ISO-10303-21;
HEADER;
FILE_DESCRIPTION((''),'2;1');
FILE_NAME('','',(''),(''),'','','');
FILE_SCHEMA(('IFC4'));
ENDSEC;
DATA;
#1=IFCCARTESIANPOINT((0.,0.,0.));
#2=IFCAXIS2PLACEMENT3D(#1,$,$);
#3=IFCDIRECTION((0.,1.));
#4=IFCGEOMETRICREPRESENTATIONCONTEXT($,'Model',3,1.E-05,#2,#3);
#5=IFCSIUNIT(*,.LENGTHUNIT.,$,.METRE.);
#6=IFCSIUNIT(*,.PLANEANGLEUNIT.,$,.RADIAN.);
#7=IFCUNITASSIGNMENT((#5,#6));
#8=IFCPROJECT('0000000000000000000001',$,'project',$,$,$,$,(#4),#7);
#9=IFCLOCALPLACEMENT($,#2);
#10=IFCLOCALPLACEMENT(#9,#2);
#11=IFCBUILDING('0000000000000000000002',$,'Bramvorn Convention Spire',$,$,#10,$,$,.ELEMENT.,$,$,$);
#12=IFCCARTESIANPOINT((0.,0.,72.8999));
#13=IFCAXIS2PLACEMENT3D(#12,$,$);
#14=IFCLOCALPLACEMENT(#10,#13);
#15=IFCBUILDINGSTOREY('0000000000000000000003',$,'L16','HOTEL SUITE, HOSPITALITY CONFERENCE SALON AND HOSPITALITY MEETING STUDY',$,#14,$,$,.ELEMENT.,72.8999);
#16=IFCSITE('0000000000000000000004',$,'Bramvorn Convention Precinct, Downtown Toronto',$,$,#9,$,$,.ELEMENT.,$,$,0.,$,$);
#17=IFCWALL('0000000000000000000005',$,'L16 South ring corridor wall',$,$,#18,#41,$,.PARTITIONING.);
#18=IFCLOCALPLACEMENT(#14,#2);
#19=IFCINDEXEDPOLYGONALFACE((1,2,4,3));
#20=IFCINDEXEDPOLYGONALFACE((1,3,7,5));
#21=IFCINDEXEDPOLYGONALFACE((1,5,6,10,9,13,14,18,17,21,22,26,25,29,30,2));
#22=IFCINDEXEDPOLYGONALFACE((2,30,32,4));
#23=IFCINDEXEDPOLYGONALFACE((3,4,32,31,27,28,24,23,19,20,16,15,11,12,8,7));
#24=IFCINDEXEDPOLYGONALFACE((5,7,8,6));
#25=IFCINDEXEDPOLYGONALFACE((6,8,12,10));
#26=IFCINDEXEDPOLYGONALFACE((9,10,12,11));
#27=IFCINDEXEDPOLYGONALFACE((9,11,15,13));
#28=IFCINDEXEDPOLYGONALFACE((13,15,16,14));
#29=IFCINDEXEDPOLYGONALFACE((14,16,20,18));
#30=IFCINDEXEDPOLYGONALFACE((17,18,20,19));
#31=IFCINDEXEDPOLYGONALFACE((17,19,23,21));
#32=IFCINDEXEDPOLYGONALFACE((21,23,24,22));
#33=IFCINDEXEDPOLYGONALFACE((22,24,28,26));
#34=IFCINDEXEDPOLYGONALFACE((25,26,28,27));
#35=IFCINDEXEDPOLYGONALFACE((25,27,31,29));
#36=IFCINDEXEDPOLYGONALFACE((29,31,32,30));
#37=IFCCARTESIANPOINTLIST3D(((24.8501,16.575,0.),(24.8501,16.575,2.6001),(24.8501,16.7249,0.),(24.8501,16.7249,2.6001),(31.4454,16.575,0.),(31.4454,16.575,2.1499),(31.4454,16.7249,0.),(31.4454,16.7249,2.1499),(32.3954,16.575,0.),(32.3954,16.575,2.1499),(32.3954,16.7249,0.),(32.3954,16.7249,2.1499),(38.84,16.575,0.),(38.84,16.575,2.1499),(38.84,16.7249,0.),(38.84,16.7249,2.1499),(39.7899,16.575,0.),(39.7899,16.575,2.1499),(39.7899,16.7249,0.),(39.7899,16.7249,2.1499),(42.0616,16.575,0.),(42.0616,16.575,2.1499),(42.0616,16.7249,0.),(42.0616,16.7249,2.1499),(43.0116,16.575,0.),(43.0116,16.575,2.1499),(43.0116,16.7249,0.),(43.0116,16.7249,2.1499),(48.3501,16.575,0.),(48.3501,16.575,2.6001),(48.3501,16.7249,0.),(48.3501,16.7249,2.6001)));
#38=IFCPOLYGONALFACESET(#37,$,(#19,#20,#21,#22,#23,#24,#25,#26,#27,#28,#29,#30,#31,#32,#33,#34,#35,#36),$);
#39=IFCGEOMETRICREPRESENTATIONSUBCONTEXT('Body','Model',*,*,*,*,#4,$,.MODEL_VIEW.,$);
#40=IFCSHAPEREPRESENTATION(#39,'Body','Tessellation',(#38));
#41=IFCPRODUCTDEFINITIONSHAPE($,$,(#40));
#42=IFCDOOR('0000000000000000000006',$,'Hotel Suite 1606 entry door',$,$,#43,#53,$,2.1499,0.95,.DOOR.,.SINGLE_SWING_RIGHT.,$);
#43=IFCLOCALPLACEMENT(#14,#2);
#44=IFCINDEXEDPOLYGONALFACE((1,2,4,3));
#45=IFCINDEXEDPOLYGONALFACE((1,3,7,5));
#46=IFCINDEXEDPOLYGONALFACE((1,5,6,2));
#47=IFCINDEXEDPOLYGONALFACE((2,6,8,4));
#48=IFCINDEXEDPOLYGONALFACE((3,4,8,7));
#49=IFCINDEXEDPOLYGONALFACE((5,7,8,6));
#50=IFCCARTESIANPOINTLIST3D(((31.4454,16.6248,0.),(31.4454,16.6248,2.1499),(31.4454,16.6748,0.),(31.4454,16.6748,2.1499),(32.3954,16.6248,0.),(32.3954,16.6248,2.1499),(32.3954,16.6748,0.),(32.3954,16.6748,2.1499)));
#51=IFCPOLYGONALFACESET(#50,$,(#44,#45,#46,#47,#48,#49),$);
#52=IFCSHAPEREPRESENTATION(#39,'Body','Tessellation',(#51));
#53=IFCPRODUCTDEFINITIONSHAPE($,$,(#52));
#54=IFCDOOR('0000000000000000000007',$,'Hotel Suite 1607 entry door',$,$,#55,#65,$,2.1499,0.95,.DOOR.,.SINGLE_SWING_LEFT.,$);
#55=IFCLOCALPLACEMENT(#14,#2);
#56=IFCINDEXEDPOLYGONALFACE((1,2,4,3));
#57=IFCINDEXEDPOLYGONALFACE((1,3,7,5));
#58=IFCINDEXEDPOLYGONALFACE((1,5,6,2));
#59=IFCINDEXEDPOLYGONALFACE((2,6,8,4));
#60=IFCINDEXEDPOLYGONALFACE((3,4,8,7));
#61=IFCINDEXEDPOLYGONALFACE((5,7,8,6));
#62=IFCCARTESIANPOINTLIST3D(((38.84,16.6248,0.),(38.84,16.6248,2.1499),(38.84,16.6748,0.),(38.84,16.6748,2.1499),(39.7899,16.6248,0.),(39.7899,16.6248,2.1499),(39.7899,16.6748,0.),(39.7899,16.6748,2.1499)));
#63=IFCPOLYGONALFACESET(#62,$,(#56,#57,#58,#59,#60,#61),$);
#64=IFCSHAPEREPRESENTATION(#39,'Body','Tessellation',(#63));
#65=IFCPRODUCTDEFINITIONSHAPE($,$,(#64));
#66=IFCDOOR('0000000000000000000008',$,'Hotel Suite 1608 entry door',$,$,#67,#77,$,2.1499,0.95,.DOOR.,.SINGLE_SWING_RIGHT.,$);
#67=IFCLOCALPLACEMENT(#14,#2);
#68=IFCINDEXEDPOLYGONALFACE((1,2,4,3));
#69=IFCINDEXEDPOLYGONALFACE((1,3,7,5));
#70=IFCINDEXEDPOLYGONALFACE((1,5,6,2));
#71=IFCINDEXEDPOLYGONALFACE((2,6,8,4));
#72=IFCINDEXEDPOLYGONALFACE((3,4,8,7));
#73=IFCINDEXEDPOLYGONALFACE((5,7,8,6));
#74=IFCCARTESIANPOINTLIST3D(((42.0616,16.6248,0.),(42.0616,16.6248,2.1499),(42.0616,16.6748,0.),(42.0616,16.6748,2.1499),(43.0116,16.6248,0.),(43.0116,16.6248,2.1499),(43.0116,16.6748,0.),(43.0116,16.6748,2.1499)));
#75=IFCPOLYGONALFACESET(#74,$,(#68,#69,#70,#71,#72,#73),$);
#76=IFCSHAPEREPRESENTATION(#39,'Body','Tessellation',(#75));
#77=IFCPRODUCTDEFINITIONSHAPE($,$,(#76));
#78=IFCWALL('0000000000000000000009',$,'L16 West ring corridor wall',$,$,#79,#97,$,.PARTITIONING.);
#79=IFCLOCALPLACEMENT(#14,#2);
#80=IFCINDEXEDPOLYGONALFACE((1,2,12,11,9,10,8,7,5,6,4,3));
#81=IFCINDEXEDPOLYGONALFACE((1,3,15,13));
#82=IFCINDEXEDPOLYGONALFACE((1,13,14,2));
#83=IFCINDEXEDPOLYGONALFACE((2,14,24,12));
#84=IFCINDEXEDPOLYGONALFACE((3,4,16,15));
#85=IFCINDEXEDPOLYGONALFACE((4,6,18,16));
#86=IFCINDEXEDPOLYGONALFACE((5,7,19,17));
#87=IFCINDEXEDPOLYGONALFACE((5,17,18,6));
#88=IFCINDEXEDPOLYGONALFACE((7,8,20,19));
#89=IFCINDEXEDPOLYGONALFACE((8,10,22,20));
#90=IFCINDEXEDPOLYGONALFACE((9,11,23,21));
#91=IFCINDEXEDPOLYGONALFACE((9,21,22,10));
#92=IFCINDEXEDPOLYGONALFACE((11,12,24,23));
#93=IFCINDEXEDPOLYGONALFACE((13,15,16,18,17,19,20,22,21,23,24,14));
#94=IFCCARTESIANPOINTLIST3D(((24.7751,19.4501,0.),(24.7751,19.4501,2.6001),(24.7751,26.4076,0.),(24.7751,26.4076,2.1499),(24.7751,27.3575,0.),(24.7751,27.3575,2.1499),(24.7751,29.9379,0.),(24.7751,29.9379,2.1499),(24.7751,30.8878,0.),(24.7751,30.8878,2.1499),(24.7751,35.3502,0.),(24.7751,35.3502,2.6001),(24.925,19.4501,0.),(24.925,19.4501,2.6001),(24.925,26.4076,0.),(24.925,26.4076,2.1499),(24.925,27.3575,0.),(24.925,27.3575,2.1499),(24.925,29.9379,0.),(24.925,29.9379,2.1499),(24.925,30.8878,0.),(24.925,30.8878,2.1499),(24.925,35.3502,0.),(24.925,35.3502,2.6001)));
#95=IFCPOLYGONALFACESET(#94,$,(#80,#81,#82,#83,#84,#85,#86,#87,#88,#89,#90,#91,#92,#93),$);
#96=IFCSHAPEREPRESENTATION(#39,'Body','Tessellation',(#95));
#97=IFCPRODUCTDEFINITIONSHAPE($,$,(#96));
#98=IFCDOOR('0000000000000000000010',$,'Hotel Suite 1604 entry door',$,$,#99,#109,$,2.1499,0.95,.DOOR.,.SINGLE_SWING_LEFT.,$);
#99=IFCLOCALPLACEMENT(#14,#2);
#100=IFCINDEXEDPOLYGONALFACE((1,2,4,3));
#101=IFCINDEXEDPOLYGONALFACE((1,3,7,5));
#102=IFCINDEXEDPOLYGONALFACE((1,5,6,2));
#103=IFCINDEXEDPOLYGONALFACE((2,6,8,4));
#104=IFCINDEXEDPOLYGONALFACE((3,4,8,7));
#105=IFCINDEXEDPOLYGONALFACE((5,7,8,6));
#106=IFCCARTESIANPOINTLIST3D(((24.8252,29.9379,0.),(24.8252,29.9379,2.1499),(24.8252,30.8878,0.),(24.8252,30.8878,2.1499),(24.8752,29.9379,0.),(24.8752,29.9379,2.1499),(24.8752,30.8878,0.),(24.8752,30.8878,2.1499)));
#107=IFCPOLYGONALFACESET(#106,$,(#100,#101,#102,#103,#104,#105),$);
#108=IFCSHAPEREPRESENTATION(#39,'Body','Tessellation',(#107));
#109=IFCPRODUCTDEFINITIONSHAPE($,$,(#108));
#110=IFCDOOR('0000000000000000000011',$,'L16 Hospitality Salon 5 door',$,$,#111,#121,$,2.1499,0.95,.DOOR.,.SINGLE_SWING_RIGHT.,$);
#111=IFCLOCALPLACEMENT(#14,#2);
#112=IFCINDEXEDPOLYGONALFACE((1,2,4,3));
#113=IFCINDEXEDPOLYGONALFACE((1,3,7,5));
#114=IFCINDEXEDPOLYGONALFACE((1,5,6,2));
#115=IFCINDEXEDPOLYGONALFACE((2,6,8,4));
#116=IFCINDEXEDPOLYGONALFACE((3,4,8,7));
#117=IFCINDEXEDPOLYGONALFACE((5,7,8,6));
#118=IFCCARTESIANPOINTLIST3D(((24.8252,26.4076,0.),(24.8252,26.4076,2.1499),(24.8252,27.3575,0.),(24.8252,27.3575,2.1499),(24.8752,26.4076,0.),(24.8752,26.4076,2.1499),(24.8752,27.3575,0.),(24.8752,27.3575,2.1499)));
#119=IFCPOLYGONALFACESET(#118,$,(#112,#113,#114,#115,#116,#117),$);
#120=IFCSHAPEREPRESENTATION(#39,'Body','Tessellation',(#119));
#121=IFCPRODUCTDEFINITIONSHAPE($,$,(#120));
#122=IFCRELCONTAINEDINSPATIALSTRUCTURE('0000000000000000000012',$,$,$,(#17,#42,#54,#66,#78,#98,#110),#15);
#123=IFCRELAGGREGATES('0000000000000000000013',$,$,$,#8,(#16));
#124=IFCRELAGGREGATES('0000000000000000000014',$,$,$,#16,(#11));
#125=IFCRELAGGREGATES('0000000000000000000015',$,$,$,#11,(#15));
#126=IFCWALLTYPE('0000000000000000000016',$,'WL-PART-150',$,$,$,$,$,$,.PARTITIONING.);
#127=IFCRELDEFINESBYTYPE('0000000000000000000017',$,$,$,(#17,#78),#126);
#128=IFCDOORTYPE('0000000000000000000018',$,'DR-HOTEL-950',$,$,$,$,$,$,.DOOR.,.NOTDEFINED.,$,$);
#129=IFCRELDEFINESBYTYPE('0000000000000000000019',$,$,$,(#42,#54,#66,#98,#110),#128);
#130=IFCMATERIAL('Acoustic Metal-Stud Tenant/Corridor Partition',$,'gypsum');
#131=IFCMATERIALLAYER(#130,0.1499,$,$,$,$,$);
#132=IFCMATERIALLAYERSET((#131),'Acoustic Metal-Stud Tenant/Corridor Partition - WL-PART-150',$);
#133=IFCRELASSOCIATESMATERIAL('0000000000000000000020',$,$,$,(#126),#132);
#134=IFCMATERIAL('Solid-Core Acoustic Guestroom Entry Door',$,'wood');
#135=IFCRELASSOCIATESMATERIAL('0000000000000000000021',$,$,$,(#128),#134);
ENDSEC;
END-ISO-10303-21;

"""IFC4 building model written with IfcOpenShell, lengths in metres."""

from ifc_helpers import new_model, si_unit, direction, frame, frame_2d, origin, place, context, subcontext, project, spatial, rectangle, extrude, material, layer, layer_set, type_object, element, fill, save


model = new_model("IFC4")

# Units and contexts
model_context = context("Model", 3, precision=1e-05, world=origin(), true_north=direction((0.0, 1.0)))
body_context = subcontext(model_context, "Body", "Model", "MODEL_VIEW")
ifc_project = project(units=[si_unit("LENGTHUNIT", "METRE"), si_unit("PLANEANGLEUNIT", "RADIAN")], contexts=[model_context])

# Site, building, storey
site_placement = place(None, origin())
site = spatial("IfcSite", under=ifc_project, at=site_placement, Name="Bramvorn Convention Precinct, Downtown Toronto", CompositionType="ELEMENT", RefElevation=0.0)
building_placement = place(site_placement, origin())
building = spatial("IfcBuilding", under=site, at=building_placement, Name="Bramvorn Convention Spire", CompositionType="ELEMENT")
storey_placement = place(building_placement, frame((0.0, 0.0, 72.8999)))
storey = spatial("IfcBuildingStorey", under=building, at=storey_placement, Name="L16", Description="HOTEL SUITE, HOSPITALITY CONFERENCE SALON AND HOSPITALITY MEETING STUDY", CompositionType="ELEMENT", Elevation=72.8999)

# Walls, openings, doors
ifc_material_1 = material(Name="Acoustic Metal-Stud Tenant/Corridor Partition", Category="gypsum")
ifc_layer_1 = layer(ifc_material_1, 0.1499)
ifc_layer_set_1 = layer_set([ifc_layer_1], Name="Acoustic Metal-Stud Tenant/Corridor Partition - WL-PART-150")
wall_type_1 = type_object("IfcWallType", Name="WL-PART-150", PredefinedType="PARTITIONING", material=ifc_layer_set_1)
wall_1_placement = place(storey_placement, frame((24.8501, 16.6499, 0.0), z_axis=(0.0, 0.0, 1.0), x_axis=(1.0, 0.0, 0.0)))
wall_1 = element("IfcWall", 1, at=wall_1_placement, inside=storey, type_object=wall_type_1, Name="L16 South ring corridor wall", PredefinedType="PARTITIONING", context=body_context, shape_type="SweptSolid", body=[
    extrude(rectangle(XDim=23.5, YDim=0.1499, at=frame_2d((11.75, 0.0))), origin(), (0.0, 0.0, 1.0), 2.6001),
])
opening_1_placement = place(wall_1_placement, frame((6.5952, 0.0, 0.0)))
opening_1 = element("IfcOpeningElement", 2, at=opening_1_placement, cuts=wall_1, PredefinedType="OPENING", context=body_context, shape_type="SweptSolid", body=[
    extrude(rectangle(XDim=0.95, YDim=2.1499, at=frame_2d((0.4751, 1.075))), frame((0.0, 0.085, 0.0), z_axis=(0.0, -1.0, 0.0), x_axis=(1.0, 0.0, 0.0)), (0.0, 0.0, 1.0), 0.1699),
])
opening_2_placement = place(wall_1_placement, frame((13.9897, 0.0, 0.0)))
opening_2 = element("IfcOpeningElement", 3, at=opening_2_placement, cuts=wall_1, PredefinedType="OPENING", context=body_context, shape_type="SweptSolid", body=[
    extrude(rectangle(XDim=0.95, YDim=2.1499, at=frame_2d((0.4751, 1.075))), frame((0.0, 0.085, 0.0), z_axis=(0.0, -1.0, 0.0), x_axis=(1.0, 0.0, 0.0)), (0.0, 0.0, 1.0), 0.1699),
])
opening_3_placement = place(wall_1_placement, frame((17.2114, 0.0, 0.0)))
opening_3 = element("IfcOpeningElement", 4, at=opening_3_placement, cuts=wall_1, PredefinedType="OPENING", context=body_context, shape_type="SweptSolid", body=[
    extrude(rectangle(XDim=0.95, YDim=2.1499, at=frame_2d((0.4751, 1.075))), frame((0.0, 0.085, 0.0), z_axis=(0.0, -1.0, 0.0), x_axis=(1.0, 0.0, 0.0)), (0.0, 0.0, 1.0), 0.1699),
])
ifc_material_2 = material(Name="Solid-Core Acoustic Guestroom Entry Door", Category="wood")
door_type_1 = type_object("IfcDoorType", Name="DR-HOTEL-950", OperationType="NOTDEFINED", PredefinedType="DOOR", material=ifc_material_2)
door_1_placement = place(opening_1_placement, origin())
door_1 = element("IfcDoor", 5, at=door_1_placement, inside=storey, type_object=door_type_1, Name="Hotel Suite 1606 entry door", OperationType="SINGLE_SWING_RIGHT", OverallHeight=2.1499, OverallWidth=0.95, PredefinedType="DOOR", context=body_context, shape_type="SweptSolid", body=[
    extrude(rectangle(XDim=0.95, YDim=2.1499, at=frame_2d((0.4751, 1.075))), frame((0.0, 0.0249, 0.0), z_axis=(0.0, -1.0, 0.0), x_axis=(1.0, 0.0, 0.0)), (0.0, 0.0, 1.0), 0.05),
])
fill(opening_1, door_1)
door_2_placement = place(opening_2_placement, origin())
door_2 = element("IfcDoor", 6, at=door_2_placement, inside=storey, type_object=door_type_1, Name="Hotel Suite 1607 entry door", OperationType="SINGLE_SWING_LEFT", OverallHeight=2.1499, OverallWidth=0.95, PredefinedType="DOOR", context=body_context, shape_type="SweptSolid", body=[
    extrude(rectangle(XDim=0.95, YDim=2.1499, at=frame_2d((0.4751, 1.075))), frame((0.0, 0.0249, 0.0), z_axis=(0.0, -1.0, 0.0), x_axis=(1.0, 0.0, 0.0)), (0.0, 0.0, 1.0), 0.05),
])
fill(opening_2, door_2)
door_3_placement = place(opening_3_placement, origin())
door_3 = element("IfcDoor", 7, at=door_3_placement, inside=storey, type_object=door_type_1, Name="Hotel Suite 1608 entry door", OperationType="SINGLE_SWING_RIGHT", OverallHeight=2.1499, OverallWidth=0.95, PredefinedType="DOOR", context=body_context, shape_type="SweptSolid", body=[
    extrude(rectangle(XDim=0.95, YDim=2.1499, at=frame_2d((0.4751, 1.075))), frame((0.0, 0.0249, 0.0), z_axis=(0.0, -1.0, 0.0), x_axis=(1.0, 0.0, 0.0)), (0.0, 0.0, 1.0), 0.05),
])
fill(opening_3, door_3)
wall_2_placement = place(storey_placement, frame((24.8501, 19.45, 0.0), z_axis=(0.0, 0.0, 1.0), x_axis=(0.0, 1.0, 0.0)))
wall_2 = element("IfcWall", 8, at=wall_2_placement, inside=storey, type_object=wall_type_1, Name="L16 West ring corridor wall", PredefinedType="PARTITIONING", context=body_context, shape_type="SweptSolid", body=[
    extrude(rectangle(XDim=15.9001, YDim=0.1499, at=frame_2d((7.9502, 0.0))), origin(), (0.0, 0.0, 1.0), 2.6001),
])
opening_4_placement = place(wall_2_placement, frame((10.4878, 0.0, 0.0)))
opening_4 = element("IfcOpeningElement", 9, at=opening_4_placement, cuts=wall_2, PredefinedType="OPENING", context=body_context, shape_type="SweptSolid", body=[
    extrude(rectangle(XDim=0.95, YDim=2.1499, at=frame_2d((0.4751, 1.075))), frame((0.0, 0.085, 0.0), z_axis=(0.0, -1.0, 0.0), x_axis=(1.0, 0.0, 0.0)), (0.0, 0.0, 1.0), 0.1699),
])
opening_5_placement = place(wall_2_placement, frame((6.9575, 0.0, 0.0)))
opening_5 = element("IfcOpeningElement", 10, at=opening_5_placement, cuts=wall_2, PredefinedType="OPENING", context=body_context, shape_type="SweptSolid", body=[
    extrude(rectangle(XDim=0.95, YDim=2.1499, at=frame_2d((0.4751, 1.075))), frame((0.0, 0.085, 0.0), z_axis=(0.0, -1.0, 0.0), x_axis=(1.0, 0.0, 0.0)), (0.0, 0.0, 1.0), 0.1699),
])
door_4_placement = place(opening_4_placement, origin())
door_4 = element("IfcDoor", 11, at=door_4_placement, inside=storey, type_object=door_type_1, Name="Hotel Suite 1604 entry door", OperationType="SINGLE_SWING_LEFT", OverallHeight=2.1499, OverallWidth=0.95, PredefinedType="DOOR", context=body_context, shape_type="SweptSolid", body=[
    extrude(rectangle(XDim=0.95, YDim=2.1499, at=frame_2d((0.4751, 1.075))), frame((0.0, 0.0249, 0.0), z_axis=(0.0, -1.0, 0.0), x_axis=(1.0, 0.0, 0.0)), (0.0, 0.0, 1.0), 0.05),
])
fill(opening_4, door_4)
door_5_placement = place(opening_5_placement, origin())
door_5 = element("IfcDoor", 12, at=door_5_placement, inside=storey, type_object=door_type_1, Name="L16 Hospitality Salon 5 door", OperationType="SINGLE_SWING_RIGHT", OverallHeight=2.1499, OverallWidth=0.95, PredefinedType="DOOR", context=body_context, shape_type="SweptSolid", body=[
    extrude(rectangle(XDim=0.95, YDim=2.1499, at=frame_2d((0.4751, 1.075))), frame((0.0, 0.0249, 0.0), z_axis=(0.0, -1.0, 0.0), x_axis=(1.0, 0.0, 0.0)), (0.0, 0.0, 1.0), 0.05),
])
fill(opening_5, door_5)

save(model, "model.ifc")
